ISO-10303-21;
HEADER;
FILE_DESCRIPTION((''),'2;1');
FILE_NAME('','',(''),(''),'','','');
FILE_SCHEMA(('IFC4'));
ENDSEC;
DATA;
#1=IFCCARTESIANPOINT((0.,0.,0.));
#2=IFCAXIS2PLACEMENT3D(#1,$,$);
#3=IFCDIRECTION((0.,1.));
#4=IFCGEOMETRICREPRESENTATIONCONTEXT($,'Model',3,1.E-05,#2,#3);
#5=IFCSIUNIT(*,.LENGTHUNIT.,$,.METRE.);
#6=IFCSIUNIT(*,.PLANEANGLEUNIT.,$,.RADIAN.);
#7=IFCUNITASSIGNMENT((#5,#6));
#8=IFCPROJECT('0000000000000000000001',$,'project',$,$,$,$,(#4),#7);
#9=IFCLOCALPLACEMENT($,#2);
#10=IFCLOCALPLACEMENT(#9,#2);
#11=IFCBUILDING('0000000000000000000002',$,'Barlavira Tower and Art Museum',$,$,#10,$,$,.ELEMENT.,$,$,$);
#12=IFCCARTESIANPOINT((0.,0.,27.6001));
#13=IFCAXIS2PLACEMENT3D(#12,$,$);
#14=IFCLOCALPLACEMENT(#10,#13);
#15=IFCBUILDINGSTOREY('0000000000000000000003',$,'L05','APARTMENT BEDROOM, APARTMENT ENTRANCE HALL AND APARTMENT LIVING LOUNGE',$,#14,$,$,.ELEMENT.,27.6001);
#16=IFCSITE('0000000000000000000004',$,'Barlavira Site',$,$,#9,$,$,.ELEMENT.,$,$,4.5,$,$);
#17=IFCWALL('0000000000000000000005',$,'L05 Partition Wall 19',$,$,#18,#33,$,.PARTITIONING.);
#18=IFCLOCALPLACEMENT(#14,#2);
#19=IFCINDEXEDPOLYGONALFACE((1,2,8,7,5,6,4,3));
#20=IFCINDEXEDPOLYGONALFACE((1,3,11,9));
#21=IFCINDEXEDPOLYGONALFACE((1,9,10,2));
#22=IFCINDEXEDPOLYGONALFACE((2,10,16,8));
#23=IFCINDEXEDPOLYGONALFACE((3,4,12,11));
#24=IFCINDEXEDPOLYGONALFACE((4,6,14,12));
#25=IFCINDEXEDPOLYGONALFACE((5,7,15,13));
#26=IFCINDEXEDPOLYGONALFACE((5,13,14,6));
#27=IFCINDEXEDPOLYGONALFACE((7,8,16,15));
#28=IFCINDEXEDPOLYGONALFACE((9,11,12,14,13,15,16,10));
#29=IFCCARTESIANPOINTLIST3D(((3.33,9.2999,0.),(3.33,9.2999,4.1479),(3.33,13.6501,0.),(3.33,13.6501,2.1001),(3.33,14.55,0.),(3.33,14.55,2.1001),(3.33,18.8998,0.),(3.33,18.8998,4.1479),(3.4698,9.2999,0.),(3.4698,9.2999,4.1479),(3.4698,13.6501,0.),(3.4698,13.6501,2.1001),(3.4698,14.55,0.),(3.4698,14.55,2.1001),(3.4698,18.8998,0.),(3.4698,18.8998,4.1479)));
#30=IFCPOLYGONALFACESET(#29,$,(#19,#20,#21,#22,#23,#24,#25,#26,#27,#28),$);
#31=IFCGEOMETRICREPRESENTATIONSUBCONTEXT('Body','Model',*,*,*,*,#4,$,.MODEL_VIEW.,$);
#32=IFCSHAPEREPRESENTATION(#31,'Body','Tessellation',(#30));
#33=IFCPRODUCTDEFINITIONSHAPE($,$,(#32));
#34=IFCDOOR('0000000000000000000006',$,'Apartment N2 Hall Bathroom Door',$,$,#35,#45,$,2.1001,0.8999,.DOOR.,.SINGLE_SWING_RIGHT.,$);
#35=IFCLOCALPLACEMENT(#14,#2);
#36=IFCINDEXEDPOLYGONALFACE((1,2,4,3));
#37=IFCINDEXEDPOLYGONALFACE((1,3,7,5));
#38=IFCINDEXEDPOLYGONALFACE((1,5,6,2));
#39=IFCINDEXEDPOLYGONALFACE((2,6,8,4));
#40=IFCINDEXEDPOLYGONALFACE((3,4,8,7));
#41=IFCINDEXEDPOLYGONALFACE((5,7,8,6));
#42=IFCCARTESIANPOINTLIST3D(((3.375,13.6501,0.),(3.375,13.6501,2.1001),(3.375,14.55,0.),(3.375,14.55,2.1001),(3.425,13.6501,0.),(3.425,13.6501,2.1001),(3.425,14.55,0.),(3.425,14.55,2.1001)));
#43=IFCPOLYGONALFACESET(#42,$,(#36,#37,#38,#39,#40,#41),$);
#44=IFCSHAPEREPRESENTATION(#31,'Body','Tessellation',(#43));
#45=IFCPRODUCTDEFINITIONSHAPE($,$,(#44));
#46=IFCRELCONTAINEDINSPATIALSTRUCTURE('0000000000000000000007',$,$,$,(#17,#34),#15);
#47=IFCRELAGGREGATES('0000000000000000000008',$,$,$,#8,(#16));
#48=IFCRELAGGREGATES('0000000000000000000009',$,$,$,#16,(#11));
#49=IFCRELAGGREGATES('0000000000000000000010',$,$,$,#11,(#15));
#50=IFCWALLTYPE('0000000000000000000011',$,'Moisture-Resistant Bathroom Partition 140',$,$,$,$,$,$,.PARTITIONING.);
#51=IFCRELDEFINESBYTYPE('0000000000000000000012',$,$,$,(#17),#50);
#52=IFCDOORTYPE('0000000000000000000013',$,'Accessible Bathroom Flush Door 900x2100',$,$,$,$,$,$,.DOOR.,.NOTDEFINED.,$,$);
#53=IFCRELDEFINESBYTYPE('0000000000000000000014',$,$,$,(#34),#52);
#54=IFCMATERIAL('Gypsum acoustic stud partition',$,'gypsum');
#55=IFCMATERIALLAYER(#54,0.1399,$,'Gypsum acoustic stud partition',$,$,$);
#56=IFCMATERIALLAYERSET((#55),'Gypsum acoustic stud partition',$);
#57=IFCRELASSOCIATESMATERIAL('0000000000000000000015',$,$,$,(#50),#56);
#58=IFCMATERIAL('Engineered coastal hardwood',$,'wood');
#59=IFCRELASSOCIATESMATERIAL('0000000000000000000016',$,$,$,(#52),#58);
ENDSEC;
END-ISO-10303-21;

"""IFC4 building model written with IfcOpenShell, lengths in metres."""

from ifc_helpers import new_model, si_unit, direction, frame, frame_2d, origin, place, context, subcontext, project, spatial, rectangle, extrude, material, layer, layer_set, type_object, element, fill, save


model = new_model("IFC4")

# Units and contexts
model_context = context("Model", 3, precision=1e-05, world=origin(), true_north=direction((0.0, 1.0)))
body_context = subcontext(model_context, "Body", "Model", "MODEL_VIEW")
ifc_project = project(units=[si_unit("LENGTHUNIT", "METRE"), si_unit("PLANEANGLEUNIT", "RADIAN")], contexts=[model_context])

# Site, building, storey
site_placement = place(None, origin())
site = spatial("IfcSite", under=ifc_project, at=site_placement, Name="Barlavira Site", CompositionType="ELEMENT", RefElevation=4.5)
building_placement = place(site_placement, origin())
building = spatial("IfcBuilding", under=site, at=building_placement, Name="Barlavira Tower and Art Museum", CompositionType="ELEMENT")
storey_placement = place(building_placement, frame((0.0, 0.0, 27.6001)))
storey = spatial("IfcBuildingStorey", under=building, at=storey_placement, Name="L05", Description="APARTMENT BEDROOM, APARTMENT ENTRANCE HALL AND APARTMENT LIVING LOUNGE", CompositionType="ELEMENT", Elevation=27.6001)

# Shared definitions
ifc_material_1 = material(Name="Gypsum acoustic stud partition", Category="gypsum")
ifc_material_2 = material(Name="Engineered coastal hardwood", Category="wood")

# Wall, opening, door
ifc_layer_1 = layer(ifc_material_1, 0.1399, Name="Gypsum acoustic stud partition")
ifc_layer_set_1 = layer_set([ifc_layer_1], Name="Gypsum acoustic stud partition")
wall_type_1 = type_object("IfcWallType", Name="Moisture-Resistant Bathroom Partition 140", PredefinedType="PARTITIONING", material=ifc_layer_set_1)
wall_1_placement = place(storey_placement, frame((3.3999, 9.3, 0.0), z_axis=(0.0, 0.0, 1.0), x_axis=(0.0, 1.0, 0.0)))
wall_1 = element("IfcWall", 1, at=wall_1_placement, inside=storey, type_object=wall_type_1, Name="L05 Partition Wall 19", PredefinedType="PARTITIONING", context=body_context, shape_type="SweptSolid", body=[
    extrude(rectangle(XDim=9.5999, YDim=0.1399, at=frame_2d((4.7998, 0.0))), origin(), (0.0, 0.0, 1.0), 4.1479),
])
opening_1_placement = place(wall_1_placement, frame((4.3501, 0.0, 0.0)))
opening_1 = element("IfcOpeningElement", 2, at=opening_1_placement, cuts=wall_1, PredefinedType="OPENING", context=body_context, shape_type="SweptSolid", body=[
    extrude(rectangle(XDim=0.8999, YDim=2.1001, at=frame_2d((0.45, 1.05))), frame((0.0, 0.0801, 0.0), z_axis=(0.0, -1.0, 0.0), x_axis=(1.0, 0.0, 0.0)), (0.0, 0.0, 1.0), 0.1599),
])
door_type_1 = type_object("IfcDoorType", Name="Accessible Bathroom Flush Door 900x2100", OperationType="NOTDEFINED", PredefinedType="DOOR", material=ifc_material_2)
door_1_placement = place(opening_1_placement, origin())
door_1 = element("IfcDoor", 3, at=door_1_placement, inside=storey, type_object=door_type_1, Name="Apartment N2 Hall Bathroom Door", OperationType="SINGLE_SWING_RIGHT", OverallHeight=2.1001, OverallWidth=0.8999, PredefinedType="DOOR", context=body_context, shape_type="SweptSolid", body=[
    extrude(rectangle(XDim=0.8999, YDim=2.1001, at=frame_2d((0.45, 1.05))), frame((0.0, 0.0249, 0.0), z_axis=(0.0, -1.0, 0.0), x_axis=(1.0, 0.0, 0.0)), (0.0, 0.0, 1.0), 0.05),
])
fill(opening_1, door_1)

save(model, "model.ifc")
